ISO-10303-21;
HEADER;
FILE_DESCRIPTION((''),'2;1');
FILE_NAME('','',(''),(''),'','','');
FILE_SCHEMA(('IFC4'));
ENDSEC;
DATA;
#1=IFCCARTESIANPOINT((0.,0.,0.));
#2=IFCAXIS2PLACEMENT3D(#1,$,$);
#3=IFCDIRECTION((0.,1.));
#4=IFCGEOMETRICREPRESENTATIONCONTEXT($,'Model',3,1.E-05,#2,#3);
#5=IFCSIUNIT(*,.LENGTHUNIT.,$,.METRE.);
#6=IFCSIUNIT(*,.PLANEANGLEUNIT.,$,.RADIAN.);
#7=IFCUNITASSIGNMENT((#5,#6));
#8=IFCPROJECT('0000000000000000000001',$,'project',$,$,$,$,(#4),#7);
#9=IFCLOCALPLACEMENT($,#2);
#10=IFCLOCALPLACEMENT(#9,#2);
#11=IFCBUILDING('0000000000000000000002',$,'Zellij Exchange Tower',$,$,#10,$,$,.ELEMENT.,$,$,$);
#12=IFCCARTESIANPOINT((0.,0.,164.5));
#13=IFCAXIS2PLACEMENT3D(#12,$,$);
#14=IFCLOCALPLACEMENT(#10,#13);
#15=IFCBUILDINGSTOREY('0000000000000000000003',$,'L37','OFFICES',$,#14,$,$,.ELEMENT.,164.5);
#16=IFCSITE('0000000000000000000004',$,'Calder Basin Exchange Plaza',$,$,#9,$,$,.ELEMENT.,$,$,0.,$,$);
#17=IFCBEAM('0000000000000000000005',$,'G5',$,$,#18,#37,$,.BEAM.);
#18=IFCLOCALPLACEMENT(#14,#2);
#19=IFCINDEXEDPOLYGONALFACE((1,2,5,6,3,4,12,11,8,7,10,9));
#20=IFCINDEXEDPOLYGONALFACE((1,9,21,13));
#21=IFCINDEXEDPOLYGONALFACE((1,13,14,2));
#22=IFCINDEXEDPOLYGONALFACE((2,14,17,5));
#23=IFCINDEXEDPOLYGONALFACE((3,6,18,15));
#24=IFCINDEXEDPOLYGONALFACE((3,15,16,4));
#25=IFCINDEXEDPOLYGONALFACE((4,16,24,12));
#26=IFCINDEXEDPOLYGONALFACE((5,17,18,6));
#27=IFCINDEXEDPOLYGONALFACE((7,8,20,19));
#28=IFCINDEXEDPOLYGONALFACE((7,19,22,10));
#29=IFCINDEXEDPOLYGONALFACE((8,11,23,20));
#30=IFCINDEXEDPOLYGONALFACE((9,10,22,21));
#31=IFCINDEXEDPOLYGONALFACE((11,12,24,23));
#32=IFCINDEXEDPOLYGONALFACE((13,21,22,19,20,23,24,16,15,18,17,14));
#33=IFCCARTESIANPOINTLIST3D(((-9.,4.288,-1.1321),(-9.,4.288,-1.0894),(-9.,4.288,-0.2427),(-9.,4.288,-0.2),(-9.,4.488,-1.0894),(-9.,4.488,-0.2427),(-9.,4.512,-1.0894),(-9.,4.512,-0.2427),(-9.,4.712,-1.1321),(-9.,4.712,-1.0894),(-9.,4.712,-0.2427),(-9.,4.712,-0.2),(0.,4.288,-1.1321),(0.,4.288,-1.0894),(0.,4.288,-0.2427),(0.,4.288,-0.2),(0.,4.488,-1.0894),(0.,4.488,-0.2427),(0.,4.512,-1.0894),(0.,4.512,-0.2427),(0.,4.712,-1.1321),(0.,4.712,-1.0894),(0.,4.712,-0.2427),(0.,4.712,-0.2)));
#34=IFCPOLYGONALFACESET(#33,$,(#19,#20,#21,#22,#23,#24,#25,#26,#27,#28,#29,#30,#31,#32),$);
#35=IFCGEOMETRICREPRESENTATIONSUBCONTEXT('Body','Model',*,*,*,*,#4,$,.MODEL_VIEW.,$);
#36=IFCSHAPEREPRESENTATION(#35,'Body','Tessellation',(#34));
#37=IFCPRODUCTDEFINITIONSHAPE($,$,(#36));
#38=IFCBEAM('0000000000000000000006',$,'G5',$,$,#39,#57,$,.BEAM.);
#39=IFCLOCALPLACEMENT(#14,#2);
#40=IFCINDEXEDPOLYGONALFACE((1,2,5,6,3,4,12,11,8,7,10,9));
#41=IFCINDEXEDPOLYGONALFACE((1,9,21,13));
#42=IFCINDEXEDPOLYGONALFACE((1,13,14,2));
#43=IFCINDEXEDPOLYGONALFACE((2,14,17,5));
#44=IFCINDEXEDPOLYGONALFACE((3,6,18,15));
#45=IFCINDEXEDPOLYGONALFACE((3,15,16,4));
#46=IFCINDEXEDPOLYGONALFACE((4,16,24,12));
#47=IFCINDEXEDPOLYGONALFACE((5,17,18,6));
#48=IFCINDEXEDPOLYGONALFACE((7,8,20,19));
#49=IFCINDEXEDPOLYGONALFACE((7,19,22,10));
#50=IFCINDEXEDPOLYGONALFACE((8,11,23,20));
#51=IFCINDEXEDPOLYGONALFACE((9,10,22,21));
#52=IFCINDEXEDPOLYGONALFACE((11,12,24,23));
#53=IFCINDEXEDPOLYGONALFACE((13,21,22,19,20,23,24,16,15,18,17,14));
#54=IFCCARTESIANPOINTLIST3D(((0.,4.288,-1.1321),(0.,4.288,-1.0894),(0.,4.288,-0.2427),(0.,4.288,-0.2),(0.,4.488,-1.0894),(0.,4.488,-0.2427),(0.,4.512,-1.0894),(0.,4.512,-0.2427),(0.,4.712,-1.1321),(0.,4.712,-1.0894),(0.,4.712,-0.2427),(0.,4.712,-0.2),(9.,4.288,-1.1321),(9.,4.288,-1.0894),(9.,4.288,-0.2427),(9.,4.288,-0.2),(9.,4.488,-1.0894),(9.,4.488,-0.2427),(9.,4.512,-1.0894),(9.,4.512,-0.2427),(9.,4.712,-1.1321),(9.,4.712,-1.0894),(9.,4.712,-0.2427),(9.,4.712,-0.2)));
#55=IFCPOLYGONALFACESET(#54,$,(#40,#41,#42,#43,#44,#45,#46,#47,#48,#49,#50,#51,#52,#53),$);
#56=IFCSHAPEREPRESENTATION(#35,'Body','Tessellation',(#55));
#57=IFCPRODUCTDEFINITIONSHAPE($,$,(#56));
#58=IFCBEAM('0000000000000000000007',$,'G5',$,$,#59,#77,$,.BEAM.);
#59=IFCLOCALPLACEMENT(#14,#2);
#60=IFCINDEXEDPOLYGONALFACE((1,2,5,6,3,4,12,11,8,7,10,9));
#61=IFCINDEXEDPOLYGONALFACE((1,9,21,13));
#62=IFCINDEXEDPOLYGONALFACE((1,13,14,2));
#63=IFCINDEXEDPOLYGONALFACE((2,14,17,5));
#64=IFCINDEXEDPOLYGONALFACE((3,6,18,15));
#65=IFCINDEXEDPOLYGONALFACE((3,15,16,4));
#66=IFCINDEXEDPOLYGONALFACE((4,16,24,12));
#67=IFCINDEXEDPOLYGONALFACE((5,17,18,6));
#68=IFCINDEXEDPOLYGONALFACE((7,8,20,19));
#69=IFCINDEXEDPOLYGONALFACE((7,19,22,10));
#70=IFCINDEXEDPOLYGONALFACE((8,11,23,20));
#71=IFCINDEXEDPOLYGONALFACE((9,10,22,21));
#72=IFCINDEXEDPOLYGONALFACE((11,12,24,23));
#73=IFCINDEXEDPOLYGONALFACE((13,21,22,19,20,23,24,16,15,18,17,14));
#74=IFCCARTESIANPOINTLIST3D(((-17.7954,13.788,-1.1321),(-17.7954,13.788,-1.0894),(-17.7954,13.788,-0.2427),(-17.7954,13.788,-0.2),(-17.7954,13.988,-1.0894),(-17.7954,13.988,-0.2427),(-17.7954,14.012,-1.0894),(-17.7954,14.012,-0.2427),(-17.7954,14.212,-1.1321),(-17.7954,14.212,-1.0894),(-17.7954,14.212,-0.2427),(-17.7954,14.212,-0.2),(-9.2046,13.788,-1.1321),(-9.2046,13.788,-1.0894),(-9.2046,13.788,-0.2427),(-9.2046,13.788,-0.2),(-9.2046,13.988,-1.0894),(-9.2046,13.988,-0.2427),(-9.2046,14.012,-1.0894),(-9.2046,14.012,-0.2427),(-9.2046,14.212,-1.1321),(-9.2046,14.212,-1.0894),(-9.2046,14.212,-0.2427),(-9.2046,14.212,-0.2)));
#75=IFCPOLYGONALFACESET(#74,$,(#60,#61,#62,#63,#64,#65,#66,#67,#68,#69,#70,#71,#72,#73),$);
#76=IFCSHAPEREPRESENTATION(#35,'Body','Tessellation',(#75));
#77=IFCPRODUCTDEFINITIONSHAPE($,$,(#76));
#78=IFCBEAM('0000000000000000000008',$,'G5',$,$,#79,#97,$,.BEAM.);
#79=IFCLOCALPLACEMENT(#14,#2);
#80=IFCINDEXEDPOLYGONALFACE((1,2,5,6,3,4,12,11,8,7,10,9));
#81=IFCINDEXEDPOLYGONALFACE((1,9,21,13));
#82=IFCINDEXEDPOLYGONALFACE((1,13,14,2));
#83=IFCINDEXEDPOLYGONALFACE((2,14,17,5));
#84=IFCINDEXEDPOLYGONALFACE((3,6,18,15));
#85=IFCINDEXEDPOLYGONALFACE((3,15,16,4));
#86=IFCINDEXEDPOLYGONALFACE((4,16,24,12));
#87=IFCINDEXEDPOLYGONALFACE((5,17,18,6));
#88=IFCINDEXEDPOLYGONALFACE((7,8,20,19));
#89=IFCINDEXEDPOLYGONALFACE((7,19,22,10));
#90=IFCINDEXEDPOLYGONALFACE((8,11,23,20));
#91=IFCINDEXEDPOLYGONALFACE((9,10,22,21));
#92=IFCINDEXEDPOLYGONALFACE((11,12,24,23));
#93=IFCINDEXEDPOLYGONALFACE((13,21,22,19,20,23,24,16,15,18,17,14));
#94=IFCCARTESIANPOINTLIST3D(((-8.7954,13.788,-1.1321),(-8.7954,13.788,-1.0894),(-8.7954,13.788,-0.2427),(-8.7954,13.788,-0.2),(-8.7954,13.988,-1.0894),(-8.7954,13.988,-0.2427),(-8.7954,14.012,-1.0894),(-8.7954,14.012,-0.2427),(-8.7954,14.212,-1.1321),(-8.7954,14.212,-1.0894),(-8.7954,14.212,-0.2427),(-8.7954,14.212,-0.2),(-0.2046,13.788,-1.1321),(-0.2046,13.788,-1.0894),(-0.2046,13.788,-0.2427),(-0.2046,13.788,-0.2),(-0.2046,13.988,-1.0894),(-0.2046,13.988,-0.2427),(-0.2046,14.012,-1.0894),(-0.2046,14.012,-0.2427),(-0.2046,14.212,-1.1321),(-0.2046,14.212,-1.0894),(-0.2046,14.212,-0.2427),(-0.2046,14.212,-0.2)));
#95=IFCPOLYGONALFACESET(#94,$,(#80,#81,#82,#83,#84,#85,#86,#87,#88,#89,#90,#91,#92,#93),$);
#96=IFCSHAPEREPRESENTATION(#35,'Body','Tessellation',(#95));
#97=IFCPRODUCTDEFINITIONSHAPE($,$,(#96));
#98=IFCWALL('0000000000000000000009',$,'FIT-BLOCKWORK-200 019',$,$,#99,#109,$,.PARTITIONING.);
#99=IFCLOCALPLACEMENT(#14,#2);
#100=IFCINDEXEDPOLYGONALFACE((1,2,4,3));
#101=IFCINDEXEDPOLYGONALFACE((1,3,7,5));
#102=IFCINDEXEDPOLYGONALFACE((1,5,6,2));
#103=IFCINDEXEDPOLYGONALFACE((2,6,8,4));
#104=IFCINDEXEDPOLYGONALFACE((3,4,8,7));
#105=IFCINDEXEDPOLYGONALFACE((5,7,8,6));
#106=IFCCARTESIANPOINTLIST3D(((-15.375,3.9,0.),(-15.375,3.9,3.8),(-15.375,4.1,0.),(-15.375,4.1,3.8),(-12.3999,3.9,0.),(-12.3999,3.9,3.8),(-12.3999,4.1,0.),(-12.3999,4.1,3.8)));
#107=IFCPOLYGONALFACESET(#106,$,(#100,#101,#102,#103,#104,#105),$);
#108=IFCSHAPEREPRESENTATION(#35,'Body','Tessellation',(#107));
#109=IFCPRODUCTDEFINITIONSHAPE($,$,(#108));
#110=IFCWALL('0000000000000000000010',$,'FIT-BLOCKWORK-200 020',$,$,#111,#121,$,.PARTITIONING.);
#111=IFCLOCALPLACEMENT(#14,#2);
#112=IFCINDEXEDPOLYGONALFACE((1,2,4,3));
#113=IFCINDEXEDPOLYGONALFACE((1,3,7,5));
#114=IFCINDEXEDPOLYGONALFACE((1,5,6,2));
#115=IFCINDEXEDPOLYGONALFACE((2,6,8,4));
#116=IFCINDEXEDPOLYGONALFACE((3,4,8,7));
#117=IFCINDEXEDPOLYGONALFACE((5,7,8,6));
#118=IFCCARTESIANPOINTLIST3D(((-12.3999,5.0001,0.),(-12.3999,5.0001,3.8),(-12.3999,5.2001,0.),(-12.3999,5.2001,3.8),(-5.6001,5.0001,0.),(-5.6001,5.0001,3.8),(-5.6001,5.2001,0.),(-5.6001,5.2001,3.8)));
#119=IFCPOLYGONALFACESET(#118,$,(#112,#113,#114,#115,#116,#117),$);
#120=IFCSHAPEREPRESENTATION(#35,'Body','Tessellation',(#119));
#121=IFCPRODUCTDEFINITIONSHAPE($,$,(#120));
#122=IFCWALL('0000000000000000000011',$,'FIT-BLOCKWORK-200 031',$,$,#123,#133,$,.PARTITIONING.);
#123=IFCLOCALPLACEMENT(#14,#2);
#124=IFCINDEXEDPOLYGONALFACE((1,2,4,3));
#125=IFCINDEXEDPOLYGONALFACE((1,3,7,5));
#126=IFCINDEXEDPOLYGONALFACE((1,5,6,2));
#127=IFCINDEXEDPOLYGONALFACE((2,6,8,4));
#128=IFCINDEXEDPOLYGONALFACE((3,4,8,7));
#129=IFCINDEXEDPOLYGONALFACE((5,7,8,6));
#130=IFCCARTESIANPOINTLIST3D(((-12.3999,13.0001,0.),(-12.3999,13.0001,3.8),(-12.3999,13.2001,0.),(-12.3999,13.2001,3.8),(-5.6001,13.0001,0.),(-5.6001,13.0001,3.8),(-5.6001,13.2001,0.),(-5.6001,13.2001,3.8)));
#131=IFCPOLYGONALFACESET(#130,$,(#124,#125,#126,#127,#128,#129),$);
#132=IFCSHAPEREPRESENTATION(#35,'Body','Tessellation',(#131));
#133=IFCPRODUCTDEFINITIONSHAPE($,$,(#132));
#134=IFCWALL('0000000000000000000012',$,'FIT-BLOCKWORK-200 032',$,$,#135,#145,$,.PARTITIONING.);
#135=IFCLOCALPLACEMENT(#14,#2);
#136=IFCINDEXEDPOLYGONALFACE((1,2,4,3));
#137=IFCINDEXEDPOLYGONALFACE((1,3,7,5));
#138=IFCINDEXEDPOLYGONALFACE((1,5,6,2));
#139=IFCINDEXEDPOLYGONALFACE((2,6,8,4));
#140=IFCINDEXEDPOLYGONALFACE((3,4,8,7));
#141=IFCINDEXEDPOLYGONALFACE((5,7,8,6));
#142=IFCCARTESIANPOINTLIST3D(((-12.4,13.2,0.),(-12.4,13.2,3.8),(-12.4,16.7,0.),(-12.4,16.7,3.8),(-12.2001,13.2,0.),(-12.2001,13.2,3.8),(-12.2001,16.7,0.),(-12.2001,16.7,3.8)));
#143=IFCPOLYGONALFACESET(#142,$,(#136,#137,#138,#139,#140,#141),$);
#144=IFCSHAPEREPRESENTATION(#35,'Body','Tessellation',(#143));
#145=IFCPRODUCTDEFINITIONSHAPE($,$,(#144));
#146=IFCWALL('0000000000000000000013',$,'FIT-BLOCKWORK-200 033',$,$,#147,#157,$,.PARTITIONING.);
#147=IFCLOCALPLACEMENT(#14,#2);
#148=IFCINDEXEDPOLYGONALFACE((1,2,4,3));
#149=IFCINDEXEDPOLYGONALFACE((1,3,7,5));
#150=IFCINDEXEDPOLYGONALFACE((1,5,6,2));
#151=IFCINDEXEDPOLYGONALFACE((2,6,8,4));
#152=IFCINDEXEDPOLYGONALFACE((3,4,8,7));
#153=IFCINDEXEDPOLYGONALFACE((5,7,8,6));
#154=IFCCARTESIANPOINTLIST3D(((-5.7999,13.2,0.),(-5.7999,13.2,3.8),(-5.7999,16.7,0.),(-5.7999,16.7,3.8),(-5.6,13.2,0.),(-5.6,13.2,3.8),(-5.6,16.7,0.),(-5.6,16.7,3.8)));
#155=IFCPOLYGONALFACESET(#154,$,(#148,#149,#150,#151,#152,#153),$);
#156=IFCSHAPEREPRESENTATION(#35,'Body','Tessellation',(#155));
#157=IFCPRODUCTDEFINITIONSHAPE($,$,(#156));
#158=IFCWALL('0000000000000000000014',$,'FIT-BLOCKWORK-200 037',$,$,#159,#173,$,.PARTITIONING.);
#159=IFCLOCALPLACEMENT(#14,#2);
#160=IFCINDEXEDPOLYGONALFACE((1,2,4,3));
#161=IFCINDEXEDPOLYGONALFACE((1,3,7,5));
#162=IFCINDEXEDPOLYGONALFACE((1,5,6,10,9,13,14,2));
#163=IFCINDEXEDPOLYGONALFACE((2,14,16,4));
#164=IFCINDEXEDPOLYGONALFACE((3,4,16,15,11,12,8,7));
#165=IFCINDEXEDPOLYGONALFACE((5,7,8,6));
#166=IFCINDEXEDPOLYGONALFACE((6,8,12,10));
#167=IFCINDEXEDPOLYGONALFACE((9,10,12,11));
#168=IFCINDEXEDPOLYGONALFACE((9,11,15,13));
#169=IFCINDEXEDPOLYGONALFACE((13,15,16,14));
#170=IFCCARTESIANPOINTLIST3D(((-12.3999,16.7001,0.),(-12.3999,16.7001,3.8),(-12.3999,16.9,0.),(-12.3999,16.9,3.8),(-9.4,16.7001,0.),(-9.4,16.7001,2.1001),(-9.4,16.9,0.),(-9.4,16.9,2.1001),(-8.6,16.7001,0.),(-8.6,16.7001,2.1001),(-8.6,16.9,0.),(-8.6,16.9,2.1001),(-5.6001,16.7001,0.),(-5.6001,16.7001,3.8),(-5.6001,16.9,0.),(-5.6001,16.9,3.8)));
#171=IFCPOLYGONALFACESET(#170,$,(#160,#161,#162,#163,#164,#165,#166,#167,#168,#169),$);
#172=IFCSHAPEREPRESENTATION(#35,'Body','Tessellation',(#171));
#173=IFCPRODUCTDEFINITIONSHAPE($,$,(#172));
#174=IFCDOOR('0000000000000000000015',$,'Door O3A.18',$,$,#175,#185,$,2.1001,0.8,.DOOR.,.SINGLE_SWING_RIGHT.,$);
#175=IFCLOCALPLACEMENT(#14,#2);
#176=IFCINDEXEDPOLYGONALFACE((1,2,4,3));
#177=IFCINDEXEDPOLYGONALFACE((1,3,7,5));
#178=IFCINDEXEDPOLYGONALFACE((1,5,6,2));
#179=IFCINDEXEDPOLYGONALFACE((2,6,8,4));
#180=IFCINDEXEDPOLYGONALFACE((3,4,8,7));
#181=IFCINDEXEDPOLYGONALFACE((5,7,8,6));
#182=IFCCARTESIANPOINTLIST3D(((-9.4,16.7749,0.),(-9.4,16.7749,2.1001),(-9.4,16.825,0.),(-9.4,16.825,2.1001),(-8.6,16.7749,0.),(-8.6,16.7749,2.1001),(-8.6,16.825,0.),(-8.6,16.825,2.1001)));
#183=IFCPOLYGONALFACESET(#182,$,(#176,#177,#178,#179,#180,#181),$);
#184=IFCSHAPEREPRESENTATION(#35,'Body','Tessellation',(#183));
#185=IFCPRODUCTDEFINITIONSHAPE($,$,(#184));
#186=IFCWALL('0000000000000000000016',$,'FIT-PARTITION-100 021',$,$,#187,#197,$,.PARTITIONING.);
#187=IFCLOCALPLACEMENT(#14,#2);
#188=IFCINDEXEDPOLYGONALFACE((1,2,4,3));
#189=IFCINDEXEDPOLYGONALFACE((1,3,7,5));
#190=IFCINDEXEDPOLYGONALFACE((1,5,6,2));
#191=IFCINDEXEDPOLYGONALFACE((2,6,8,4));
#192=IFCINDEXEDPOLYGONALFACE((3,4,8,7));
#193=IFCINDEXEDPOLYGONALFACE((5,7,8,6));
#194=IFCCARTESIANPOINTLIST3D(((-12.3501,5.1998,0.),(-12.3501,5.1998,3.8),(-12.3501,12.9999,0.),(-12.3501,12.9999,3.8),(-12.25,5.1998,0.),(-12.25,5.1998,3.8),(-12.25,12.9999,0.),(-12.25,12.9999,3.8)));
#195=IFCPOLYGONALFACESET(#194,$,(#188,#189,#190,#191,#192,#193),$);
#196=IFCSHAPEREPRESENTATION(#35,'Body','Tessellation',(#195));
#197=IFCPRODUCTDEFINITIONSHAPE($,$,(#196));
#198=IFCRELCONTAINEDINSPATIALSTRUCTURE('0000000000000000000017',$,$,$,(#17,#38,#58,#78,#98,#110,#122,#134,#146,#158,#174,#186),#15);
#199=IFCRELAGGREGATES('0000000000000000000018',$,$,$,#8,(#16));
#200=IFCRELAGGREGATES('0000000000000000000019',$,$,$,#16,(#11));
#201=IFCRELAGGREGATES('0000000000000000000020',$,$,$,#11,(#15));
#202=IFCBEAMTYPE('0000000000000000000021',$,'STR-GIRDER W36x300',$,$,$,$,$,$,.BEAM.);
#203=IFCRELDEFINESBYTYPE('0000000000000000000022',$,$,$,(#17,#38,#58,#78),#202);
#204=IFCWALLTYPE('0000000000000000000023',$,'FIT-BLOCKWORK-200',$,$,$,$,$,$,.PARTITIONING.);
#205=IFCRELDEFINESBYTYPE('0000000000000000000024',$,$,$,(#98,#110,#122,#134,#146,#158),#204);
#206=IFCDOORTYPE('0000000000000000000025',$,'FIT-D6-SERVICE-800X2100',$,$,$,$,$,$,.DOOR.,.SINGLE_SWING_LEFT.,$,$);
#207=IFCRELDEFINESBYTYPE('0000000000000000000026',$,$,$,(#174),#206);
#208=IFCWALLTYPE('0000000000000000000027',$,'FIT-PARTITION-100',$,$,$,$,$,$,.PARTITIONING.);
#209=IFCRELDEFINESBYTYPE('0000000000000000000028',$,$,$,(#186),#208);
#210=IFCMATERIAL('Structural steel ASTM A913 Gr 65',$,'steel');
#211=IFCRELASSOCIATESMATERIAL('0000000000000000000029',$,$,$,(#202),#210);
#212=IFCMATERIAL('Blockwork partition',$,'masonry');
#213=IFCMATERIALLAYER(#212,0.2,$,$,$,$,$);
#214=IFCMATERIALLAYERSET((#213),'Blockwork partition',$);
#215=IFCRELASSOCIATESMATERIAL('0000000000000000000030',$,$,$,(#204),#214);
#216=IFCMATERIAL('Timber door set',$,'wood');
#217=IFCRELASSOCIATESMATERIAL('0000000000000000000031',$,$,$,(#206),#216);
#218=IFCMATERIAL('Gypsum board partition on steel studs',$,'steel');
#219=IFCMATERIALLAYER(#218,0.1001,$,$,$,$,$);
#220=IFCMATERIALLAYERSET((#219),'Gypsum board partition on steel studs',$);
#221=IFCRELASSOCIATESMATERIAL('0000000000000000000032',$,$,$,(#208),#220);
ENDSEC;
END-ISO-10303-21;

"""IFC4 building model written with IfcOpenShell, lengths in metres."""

from ifc_helpers import new_model, si_unit, direction, frame, frame_2d, origin, origin_2d, place, context, subcontext, project, spatial, rectangle, i_section, extrude, material, layer, layer_set, material_profile, profile_set, type_object, element, fill, save


model = new_model("IFC4")

# Units and contexts
model_context = context("Model", 3, precision=1e-05, world=origin(), true_north=direction((0.0, 1.0)))
body_context = subcontext(model_context, "Body", "Model", "MODEL_VIEW")
ifc_project = project(units=[si_unit("LENGTHUNIT", "METRE"), si_unit("PLANEANGLEUNIT", "RADIAN")], contexts=[model_context])

# Site, building, storey
site_placement = place(None, origin())
site = spatial("IfcSite", under=ifc_project, at=site_placement, Name="Calder Basin Exchange Plaza", CompositionType="ELEMENT", RefElevation=0.0)
building_placement = place(site_placement, origin())
building = spatial("IfcBuilding", under=site, at=building_placement, Name="Zellij Exchange Tower", CompositionType="ELEMENT")
storey_placement = place(building_placement, frame((0.0, 0.0, 164.5)))
storey = spatial("IfcBuildingStorey", under=building, at=storey_placement, Name="L37", Description="OFFICES", CompositionType="ELEMENT", Elevation=164.5)

# Shared definitions
ifc_material_1 = material(Name="Structural steel ASTM A913 Gr 65", Category="steel")

# Beams
ifc_material_profile_1 = material_profile(ifc_material_1, i_section(OverallWidth=0.4241, OverallDepth=0.9321, WebThickness=0.0239, FlangeThickness=0.0427, at=origin_2d()), Name="W36x300")
ifc_profile_set_1 = profile_set([ifc_material_profile_1], Name="Structural steel ASTM A913 Gr 65")
beam_type_1 = type_object("IfcBeamType", Name="STR-GIRDER W36x300", PredefinedType="BEAM", material=ifc_profile_set_1)
for number, where, z_axis, x_axis, name in (
    (1, (-9.0, 4.5, -0.666), (1.0, 0.0, 0.0), (0.0, 1.0, 0.0), "G5"),
    (2, (0.0, 4.5, -0.666), (1.0, 0.0, 0.0), (0.0, 1.0, 0.0), "G5"),
):
    element("IfcBeam", number, at=place(storey_placement, frame(where, z_axis=z_axis, x_axis=x_axis)), inside=storey, type_object=beam_type_1, Name=name, PredefinedType="BEAM", context=body_context, shape_type="SweptSolid", body=[
        extrude(i_section(OverallWidth=0.4241, OverallDepth=0.9321, WebThickness=0.0239, FlangeThickness=0.0427, at=origin_2d()), origin(), (0.0, 0.0, 1.0), 9.0),
    ])
for number, where, z_axis, x_axis, name in (
    (3, (-17.7954, 14.0, -0.666), (1.0, 0.0, 0.0), (0.0, 1.0, 0.0), "G5"),
    (4, (-8.7954, 14.0, -0.666), (1.0, 0.0, 0.0), (0.0, 1.0, 0.0), "G5"),
):
    element("IfcBeam", number, at=place(storey_placement, frame(where, z_axis=z_axis, x_axis=x_axis)), inside=storey, type_object=beam_type_1, Name=name, PredefinedType="BEAM", context=body_context, shape_type="SweptSolid", body=[
        extrude(i_section(OverallWidth=0.4241, OverallDepth=0.9321, WebThickness=0.0239, FlangeThickness=0.0427, at=origin_2d()), origin(), (0.0, 0.0, 1.0), 8.5908),
    ])

# Walls
ifc_material_2 = material(Name="Blockwork partition", Category="masonry")
ifc_layer_1 = layer(ifc_material_2, 0.2)
ifc_layer_set_1 = layer_set([ifc_layer_1], Name="Blockwork partition")
wall_type_1 = type_object("IfcWallType", Name="FIT-BLOCKWORK-200", PredefinedType="PARTITIONING", material=ifc_layer_set_1)
wall_1_placement = place(storey_placement, frame((-15.375, 4.0, 0.0), z_axis=(0.0, 0.0, 1.0), x_axis=(1.0, 0.0, 0.0)))
element("IfcWall", 5, at=wall_1_placement, inside=storey, type_object=wall_type_1, Name="FIT-BLOCKWORK-200 019", PredefinedType="PARTITIONING", context=body_context, shape_type="SweptSolid", body=[
    extrude(rectangle(XDim=2.9751, YDim=0.2, at=frame_2d((1.4875, 0.0))), origin(), (0.0, 0.0, 1.0), 3.8),
])
for number, where, z_axis, x_axis, name in (
    (6, (-12.3999, 5.1001, 0.0), (0.0, 0.0, 1.0), (1.0, 0.0, 0.0), "FIT-BLOCKWORK-200 020"),
    (7, (-12.3999, 13.1001, 0.0), (0.0, 0.0, 1.0), (1.0, 0.0, 0.0), "FIT-BLOCKWORK-200 031"),
):
    element("IfcWall", number, at=place(storey_placement, frame(where, z_axis=z_axis, x_axis=x_axis)), inside=storey, type_object=wall_type_1, Name=name, PredefinedType="PARTITIONING", context=body_context, shape_type="SweptSolid", body=[
        extrude(rectangle(XDim=6.7998, YDim=0.2, at=frame_2d((3.3999, 0.0))), origin(), (0.0, 0.0, 1.0), 3.8),
    ])
for number, where, z_axis, x_axis, name in (
    (8, (-12.3, 13.2, 0.0), (0.0, 0.0, 1.0), (0.0, 1.0, 0.0), "FIT-BLOCKWORK-200 032"),
    (9, (-5.7, 13.2, 0.0), (0.0, 0.0, 1.0), (0.0, 1.0, 0.0), "FIT-BLOCKWORK-200 033"),
):
    element("IfcWall", number, at=place(storey_placement, frame(where, z_axis=z_axis, x_axis=x_axis)), inside=storey, type_object=wall_type_1, Name=name, PredefinedType="PARTITIONING", context=body_context, shape_type="SweptSolid", body=[
        extrude(rectangle(XDim=3.5, YDim=0.2, at=frame_2d((1.75, 0.0))), origin(), (0.0, 0.0, 1.0), 3.8),
    ])

# Wall, opening, door
wall_2_placement = place(storey_placement, frame((-12.3999, 16.8, 0.0), z_axis=(0.0, 0.0, 1.0), x_axis=(1.0, 0.0, 0.0)))
wall_2 = element("IfcWall", 10, at=wall_2_placement, inside=storey, type_object=wall_type_1, Name="FIT-BLOCKWORK-200 037", PredefinedType="PARTITIONING", context=body_context, shape_type="SweptSolid", body=[
    extrude(rectangle(XDim=6.7998, YDim=0.2, at=frame_2d((3.3999, 0.0))), origin(), (0.0, 0.0, 1.0), 3.8),
])
opening_1_placement = place(wall_2_placement, frame((3.0, 0.0, 0.0)))
opening_1 = element("IfcOpeningElement", 11, at=opening_1_placement, cuts=wall_2, PredefinedType="OPENING", context=body_context, shape_type="SweptSolid", body=[
    extrude(rectangle(XDim=0.8, YDim=2.1001, at=frame_2d((0.3999, 1.05))), frame((0.0, 0.1118, 0.0), z_axis=(0.0, -1.0, 0.0), x_axis=(1.0, 0.0, 0.0)), (0.0, 0.0, 1.0), 0.2239),
])
ifc_material_3 = material(Name="Timber door set", Category="wood")
door_type_1 = type_object("IfcDoorType", Name="FIT-D6-SERVICE-800X2100", OperationType="SINGLE_SWING_LEFT", PredefinedType="DOOR", material=ifc_material_3)
door_1_placement = place(opening_1_placement, origin())
door_1 = element("IfcDoor", 12, at=door_1_placement, inside=storey, type_object=door_type_1, Name="Door O3A.18", OperationType="SINGLE_SWING_RIGHT", OverallHeight=2.1001, OverallWidth=0.8, PredefinedType="DOOR", context=body_context, shape_type="SweptSolid", body=[
    extrude(rectangle(XDim=0.8, YDim=2.1001, at=frame_2d((0.3999, 1.05))), frame((0.0, 0.0249, 0.0), z_axis=(0.0, -1.0, 0.0), x_axis=(1.0, 0.0, 0.0)), (0.0, 0.0, 1.0), 0.05),
])
fill(opening_1, door_1)

# Wall
ifc_material_4 = material(Name="Gypsum board partition on steel studs", Category="steel")
ifc_layer_2 = layer(ifc_material_4, 0.1001)
ifc_layer_set_2 = layer_set([ifc_layer_2], Name="Gypsum board partition on steel studs")
wall_type_2 = type_object("IfcWallType", Name="FIT-PARTITION-100", PredefinedType="PARTITIONING", material=ifc_layer_set_2)
wall_3_placement = place(storey_placement, frame((-12.3, 5.2, 0.0), z_axis=(0.0, 0.0, 1.0), x_axis=(0.0, 1.0, 0.0)))
element("IfcWall", 13, at=wall_3_placement, inside=storey, type_object=wall_type_2, Name="FIT-PARTITION-100 021", PredefinedType="PARTITIONING", context=body_context, shape_type="SweptSolid", body=[
    extrude(rectangle(XDim=7.8, YDim=0.1001, at=frame_2d((3.8999, 0.0))), origin(), (0.0, 0.0, 1.0), 3.8),
])

save(model, "model.ifc")
